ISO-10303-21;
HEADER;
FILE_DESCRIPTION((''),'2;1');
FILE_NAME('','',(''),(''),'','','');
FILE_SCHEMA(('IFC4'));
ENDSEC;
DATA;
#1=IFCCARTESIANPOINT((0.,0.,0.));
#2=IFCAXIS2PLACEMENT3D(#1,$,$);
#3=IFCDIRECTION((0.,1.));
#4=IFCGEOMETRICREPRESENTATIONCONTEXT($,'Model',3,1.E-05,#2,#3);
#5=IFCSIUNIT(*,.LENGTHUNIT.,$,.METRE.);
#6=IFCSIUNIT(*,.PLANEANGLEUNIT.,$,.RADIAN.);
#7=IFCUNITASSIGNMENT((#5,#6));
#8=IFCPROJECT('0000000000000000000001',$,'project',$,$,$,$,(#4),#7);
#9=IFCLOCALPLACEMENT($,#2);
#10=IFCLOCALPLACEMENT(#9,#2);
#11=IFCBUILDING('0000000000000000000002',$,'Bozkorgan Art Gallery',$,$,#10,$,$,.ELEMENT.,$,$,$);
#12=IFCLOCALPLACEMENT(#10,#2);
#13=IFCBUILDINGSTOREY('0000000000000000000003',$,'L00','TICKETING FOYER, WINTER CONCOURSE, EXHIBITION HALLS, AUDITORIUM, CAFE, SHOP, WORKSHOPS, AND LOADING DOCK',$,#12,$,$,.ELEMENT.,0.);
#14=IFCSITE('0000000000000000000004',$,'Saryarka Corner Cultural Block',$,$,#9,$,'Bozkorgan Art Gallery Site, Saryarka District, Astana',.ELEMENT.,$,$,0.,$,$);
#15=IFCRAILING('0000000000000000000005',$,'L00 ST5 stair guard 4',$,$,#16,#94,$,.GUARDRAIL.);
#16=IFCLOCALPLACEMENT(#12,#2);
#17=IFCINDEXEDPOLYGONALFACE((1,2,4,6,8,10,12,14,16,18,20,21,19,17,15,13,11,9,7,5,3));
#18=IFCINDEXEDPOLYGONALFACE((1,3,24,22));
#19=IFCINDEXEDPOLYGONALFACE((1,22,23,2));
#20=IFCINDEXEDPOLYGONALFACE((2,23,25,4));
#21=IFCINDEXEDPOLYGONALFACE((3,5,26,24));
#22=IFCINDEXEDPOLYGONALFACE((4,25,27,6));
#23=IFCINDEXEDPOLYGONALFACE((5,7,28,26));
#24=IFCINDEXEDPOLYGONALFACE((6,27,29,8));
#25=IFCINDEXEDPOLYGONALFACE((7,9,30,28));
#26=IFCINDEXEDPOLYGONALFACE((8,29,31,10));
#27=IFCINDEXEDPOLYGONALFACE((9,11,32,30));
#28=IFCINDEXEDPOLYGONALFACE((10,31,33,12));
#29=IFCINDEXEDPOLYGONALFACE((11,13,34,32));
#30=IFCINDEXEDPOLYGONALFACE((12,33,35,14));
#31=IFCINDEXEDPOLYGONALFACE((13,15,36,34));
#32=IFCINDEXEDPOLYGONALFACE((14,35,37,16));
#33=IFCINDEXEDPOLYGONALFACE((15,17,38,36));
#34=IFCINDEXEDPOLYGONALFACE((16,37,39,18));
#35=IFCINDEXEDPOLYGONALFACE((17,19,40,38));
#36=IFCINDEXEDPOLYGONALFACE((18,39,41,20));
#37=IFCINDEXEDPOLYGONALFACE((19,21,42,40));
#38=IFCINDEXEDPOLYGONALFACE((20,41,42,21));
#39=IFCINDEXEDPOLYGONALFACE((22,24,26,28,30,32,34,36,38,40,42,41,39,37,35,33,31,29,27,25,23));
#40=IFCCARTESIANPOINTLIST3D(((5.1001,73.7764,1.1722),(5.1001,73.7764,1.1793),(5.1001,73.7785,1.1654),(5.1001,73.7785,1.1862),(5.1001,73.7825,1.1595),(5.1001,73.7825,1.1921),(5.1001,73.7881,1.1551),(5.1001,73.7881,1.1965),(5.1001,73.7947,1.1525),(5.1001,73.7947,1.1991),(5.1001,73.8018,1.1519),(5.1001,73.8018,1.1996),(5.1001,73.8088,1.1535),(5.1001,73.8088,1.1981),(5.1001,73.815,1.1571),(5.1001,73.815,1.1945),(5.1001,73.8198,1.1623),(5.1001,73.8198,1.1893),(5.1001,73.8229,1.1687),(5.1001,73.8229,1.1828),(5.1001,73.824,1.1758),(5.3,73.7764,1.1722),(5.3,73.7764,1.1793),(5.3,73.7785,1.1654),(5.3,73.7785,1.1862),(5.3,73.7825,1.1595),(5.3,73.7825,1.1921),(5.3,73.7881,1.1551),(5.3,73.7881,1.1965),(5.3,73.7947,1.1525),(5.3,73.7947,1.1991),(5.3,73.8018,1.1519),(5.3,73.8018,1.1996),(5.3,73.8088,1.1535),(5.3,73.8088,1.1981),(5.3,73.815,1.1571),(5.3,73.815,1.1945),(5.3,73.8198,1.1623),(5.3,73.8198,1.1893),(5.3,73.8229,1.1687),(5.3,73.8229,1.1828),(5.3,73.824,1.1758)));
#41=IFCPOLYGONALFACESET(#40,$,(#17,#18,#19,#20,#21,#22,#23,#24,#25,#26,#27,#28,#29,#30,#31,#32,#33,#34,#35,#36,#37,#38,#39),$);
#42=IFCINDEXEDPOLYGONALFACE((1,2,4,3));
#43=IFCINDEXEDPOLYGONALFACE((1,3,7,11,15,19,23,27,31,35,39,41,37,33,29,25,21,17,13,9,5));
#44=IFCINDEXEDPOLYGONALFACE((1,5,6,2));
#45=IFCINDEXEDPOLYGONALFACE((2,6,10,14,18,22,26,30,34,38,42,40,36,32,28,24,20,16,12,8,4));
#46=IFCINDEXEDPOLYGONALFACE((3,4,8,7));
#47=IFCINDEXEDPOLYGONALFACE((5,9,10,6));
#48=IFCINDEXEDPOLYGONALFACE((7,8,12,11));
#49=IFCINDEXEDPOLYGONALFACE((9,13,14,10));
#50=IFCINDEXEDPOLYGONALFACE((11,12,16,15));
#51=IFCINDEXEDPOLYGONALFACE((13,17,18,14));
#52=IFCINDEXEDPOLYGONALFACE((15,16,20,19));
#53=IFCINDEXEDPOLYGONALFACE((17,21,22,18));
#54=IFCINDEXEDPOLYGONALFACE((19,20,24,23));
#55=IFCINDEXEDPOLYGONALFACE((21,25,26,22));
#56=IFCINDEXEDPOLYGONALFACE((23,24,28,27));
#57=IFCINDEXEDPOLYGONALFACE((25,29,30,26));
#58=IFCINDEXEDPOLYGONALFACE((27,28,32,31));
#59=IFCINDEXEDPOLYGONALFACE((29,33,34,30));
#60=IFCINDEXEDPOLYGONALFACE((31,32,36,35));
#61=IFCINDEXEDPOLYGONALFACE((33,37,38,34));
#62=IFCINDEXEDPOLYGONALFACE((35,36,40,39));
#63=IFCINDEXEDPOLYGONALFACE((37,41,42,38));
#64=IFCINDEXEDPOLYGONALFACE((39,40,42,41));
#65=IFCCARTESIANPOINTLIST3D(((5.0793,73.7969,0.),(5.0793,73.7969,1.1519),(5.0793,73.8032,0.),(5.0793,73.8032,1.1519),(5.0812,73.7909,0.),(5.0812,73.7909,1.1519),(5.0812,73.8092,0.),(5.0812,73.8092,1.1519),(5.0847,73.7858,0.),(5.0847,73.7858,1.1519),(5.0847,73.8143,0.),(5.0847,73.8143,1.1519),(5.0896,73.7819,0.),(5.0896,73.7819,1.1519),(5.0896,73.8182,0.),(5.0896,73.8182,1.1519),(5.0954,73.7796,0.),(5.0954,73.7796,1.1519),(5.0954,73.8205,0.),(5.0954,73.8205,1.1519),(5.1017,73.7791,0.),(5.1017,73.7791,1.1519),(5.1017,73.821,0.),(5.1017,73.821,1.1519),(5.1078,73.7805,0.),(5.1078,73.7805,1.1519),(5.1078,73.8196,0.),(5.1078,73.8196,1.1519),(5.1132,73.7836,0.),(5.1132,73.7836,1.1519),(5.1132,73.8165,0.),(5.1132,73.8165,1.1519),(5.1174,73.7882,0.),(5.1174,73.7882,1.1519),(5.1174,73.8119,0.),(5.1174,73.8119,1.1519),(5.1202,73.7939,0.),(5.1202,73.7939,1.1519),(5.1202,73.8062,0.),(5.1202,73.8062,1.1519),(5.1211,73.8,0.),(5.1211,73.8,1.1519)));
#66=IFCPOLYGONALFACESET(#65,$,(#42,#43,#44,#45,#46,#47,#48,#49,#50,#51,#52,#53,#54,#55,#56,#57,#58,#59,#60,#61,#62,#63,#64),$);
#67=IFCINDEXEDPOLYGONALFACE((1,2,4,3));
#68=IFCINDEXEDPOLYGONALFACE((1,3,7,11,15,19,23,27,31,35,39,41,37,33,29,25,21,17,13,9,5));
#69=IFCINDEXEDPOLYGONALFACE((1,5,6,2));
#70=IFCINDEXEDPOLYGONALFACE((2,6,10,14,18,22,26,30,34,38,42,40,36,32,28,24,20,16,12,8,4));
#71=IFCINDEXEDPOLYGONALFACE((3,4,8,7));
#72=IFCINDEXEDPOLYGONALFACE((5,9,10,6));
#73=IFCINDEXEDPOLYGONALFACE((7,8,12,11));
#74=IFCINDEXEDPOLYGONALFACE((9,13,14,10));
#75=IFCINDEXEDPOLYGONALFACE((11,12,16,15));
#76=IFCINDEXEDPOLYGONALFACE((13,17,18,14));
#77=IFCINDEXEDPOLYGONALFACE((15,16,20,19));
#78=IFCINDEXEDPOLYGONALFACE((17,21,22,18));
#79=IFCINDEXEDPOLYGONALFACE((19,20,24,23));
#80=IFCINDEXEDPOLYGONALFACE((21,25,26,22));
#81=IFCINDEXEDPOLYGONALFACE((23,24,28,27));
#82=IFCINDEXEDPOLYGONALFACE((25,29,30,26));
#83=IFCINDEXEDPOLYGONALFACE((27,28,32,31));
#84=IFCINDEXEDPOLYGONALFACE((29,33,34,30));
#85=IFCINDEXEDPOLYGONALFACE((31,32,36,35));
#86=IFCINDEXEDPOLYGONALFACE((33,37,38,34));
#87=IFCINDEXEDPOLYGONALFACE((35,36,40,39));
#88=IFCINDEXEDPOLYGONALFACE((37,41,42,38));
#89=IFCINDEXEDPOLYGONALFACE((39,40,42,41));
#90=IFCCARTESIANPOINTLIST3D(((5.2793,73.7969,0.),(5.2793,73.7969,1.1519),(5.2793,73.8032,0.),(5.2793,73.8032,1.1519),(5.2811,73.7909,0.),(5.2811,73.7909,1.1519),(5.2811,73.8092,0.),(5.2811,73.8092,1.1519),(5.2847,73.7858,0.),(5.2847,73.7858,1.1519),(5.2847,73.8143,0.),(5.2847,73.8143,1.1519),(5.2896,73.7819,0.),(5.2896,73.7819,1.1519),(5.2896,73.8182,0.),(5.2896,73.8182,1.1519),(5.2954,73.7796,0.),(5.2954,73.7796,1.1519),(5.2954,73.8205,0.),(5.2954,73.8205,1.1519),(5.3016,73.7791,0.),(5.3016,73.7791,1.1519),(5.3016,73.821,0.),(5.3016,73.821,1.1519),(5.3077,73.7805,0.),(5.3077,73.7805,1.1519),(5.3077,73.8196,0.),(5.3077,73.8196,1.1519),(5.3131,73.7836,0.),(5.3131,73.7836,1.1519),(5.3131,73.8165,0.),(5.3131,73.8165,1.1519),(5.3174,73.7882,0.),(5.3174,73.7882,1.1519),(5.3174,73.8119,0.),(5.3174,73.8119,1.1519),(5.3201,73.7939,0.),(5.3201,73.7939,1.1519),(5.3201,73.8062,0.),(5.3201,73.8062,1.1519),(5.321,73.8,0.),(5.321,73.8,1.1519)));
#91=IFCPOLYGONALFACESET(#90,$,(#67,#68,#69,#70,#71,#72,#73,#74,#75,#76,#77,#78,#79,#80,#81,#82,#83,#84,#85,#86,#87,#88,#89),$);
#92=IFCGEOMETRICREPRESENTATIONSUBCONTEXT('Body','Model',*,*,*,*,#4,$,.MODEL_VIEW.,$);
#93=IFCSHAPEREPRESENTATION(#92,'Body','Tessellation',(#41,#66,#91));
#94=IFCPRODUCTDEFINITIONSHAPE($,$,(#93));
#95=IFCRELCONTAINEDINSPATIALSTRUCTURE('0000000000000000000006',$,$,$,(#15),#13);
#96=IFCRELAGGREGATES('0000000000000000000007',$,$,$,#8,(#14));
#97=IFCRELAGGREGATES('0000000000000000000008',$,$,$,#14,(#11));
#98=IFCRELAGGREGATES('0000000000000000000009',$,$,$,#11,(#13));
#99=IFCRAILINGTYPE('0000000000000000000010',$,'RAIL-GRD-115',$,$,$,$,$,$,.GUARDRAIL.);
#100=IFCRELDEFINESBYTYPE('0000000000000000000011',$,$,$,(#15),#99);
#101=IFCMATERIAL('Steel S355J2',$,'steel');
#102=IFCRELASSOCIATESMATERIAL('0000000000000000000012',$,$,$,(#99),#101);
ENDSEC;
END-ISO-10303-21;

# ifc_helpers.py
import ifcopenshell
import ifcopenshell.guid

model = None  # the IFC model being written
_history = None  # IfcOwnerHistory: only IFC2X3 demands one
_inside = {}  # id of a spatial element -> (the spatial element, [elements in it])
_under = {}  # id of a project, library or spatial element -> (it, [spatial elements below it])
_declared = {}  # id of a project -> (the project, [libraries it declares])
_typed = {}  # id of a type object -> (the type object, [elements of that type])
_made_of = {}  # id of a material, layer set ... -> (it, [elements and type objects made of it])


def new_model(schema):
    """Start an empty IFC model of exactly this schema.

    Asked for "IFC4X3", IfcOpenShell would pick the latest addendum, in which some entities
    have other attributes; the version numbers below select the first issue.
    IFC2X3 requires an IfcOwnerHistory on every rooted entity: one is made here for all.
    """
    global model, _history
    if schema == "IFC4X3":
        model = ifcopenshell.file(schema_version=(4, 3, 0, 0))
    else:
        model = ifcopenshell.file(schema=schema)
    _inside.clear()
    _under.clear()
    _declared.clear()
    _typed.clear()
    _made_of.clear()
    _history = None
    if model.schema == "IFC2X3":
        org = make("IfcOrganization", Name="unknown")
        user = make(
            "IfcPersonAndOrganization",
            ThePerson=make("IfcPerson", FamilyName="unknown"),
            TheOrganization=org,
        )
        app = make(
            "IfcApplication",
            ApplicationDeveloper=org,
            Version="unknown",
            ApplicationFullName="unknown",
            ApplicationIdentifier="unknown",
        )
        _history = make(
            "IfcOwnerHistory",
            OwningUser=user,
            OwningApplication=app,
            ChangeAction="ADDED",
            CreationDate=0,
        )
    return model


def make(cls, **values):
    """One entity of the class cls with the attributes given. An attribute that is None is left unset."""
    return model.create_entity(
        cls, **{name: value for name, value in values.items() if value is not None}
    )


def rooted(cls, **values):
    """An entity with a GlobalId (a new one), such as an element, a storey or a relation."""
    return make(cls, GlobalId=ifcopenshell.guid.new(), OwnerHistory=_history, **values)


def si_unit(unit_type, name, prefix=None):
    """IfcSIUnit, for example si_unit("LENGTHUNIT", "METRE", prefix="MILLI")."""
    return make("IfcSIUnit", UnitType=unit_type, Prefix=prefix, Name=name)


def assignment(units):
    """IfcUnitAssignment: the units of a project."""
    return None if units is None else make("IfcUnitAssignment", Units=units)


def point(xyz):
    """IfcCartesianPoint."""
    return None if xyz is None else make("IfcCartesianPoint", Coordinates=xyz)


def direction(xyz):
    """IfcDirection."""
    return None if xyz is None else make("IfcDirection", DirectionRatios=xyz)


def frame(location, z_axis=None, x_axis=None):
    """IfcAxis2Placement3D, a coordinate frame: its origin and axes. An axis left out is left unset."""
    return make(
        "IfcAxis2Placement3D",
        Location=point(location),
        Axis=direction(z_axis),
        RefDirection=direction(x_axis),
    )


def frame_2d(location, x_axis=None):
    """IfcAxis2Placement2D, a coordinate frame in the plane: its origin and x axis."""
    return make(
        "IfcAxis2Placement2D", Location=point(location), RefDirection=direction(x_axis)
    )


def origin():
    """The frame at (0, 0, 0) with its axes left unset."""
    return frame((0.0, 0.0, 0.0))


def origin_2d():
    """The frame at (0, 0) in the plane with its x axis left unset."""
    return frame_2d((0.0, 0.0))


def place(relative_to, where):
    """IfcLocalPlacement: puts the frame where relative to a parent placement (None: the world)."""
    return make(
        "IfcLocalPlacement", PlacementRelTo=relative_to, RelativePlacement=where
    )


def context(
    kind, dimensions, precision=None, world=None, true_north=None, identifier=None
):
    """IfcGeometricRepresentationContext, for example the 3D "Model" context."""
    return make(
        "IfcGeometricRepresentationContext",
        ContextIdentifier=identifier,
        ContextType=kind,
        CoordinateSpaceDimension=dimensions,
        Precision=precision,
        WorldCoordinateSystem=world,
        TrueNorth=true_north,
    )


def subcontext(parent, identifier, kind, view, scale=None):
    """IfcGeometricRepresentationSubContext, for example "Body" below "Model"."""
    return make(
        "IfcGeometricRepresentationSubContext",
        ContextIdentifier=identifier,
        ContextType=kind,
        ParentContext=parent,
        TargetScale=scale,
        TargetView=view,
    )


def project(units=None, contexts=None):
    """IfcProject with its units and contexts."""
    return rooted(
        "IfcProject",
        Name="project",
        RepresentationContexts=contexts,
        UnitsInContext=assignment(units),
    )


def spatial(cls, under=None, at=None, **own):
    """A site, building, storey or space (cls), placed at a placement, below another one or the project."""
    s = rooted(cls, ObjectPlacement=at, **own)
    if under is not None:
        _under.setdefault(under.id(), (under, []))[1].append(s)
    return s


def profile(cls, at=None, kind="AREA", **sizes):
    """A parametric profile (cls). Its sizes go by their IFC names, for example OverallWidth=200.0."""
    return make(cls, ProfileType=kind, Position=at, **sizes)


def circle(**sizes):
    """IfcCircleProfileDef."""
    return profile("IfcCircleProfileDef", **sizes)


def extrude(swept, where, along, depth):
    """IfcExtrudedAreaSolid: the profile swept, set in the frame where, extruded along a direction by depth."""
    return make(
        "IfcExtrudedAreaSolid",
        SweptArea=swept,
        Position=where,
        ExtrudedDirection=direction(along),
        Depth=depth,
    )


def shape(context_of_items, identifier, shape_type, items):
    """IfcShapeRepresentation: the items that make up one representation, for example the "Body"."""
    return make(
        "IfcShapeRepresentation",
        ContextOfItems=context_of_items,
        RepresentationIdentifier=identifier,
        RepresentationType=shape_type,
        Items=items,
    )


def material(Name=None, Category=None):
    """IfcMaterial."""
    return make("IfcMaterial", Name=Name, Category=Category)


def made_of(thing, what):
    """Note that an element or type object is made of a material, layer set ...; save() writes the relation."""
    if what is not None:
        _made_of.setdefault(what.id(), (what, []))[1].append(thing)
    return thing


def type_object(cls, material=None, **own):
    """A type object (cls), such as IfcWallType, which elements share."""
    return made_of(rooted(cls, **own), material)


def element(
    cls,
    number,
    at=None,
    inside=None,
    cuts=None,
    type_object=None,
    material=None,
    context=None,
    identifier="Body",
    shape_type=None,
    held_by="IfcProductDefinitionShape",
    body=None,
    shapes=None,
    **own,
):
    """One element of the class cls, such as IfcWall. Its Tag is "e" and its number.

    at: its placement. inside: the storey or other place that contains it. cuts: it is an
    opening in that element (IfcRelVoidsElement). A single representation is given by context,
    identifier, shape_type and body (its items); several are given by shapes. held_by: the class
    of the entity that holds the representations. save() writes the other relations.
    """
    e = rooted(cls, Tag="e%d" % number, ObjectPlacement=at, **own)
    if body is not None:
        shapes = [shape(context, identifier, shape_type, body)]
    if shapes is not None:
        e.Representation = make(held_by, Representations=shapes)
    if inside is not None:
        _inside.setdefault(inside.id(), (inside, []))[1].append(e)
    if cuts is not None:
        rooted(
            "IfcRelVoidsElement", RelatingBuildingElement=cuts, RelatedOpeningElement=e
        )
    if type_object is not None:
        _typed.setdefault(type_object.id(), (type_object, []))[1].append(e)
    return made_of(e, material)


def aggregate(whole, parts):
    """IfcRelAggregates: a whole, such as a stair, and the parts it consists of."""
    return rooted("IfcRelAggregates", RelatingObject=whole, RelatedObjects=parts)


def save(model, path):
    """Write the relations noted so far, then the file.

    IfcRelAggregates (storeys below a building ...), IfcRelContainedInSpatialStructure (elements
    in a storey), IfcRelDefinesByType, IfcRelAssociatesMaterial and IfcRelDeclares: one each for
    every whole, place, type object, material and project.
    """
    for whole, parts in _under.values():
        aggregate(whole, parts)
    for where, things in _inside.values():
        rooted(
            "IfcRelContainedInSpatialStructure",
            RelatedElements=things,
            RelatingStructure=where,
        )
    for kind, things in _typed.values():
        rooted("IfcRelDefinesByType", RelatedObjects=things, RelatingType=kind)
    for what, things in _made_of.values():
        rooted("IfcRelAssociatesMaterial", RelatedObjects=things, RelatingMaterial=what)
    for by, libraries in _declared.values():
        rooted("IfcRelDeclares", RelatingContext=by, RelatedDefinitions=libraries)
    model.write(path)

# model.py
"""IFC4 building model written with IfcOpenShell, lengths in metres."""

from ifc_helpers import new_model, si_unit, direction, frame, origin, origin_2d, place, context, subcontext, project, spatial, circle, extrude, material, type_object, element, save


model = new_model("IFC4")

# Units and contexts
model_context = context("Model", 3, precision=1e-05, world=origin(), true_north=direction((0.0, 1.0)))
body_context = subcontext(model_context, "Body", "Model", "MODEL_VIEW")
ifc_project = project(units=[si_unit("LENGTHUNIT", "METRE"), si_unit("PLANEANGLEUNIT", "RADIAN")], contexts=[model_context])

# Site, building, storey
site_placement = place(None, origin())
site = spatial("IfcSite", under=ifc_project, at=site_placement, Name="Saryarka Corner Cultural Block", LongName="Bozkorgan Art Gallery Site, Saryarka District, Astana", CompositionType="ELEMENT", RefElevation=0.0)
building_placement = place(site_placement, origin())
building = spatial("IfcBuilding", under=site, at=building_placement, Name="Bozkorgan Art Gallery", CompositionType="ELEMENT")
storey_placement = place(building_placement, origin())
storey = spatial("IfcBuildingStorey", under=building, at=storey_placement, Name="L00", Description="TICKETING FOYER, WINTER CONCOURSE, EXHIBITION HALLS, AUDITORIUM, CAFE, SHOP, WORKSHOPS, AND LOADING DOCK", CompositionType="ELEMENT", Elevation=0.0)

# Shared definitions
ifc_material_1 = material(Name="Steel S355J2", Category="steel")

# Railing
railing_type_1 = type_object("IfcRailingType", Name="RAIL-GRD-115", PredefinedType="GUARDRAIL", material=ifc_material_1)
railing_1_placement = place(storey_placement, frame((5.1001, 73.8, 0.0)))
element("IfcRailing", 1, at=railing_1_placement, inside=storey, type_object=railing_type_1, Name="L00 ST5 stair guard 4", PredefinedType="GUARDRAIL", context=body_context, shape_type="SweptSolid", body=[
    extrude(circle(Radius=0.0239, at=origin_2d()), frame((0.0, 0.0, 1.1758), z_axis=(1.0, 0.0, 0.0), x_axis=(0.0, 1.0, 0.0)), (0.0, 0.0, 1.0), 0.2),
    extrude(circle(Radius=0.021, at=origin_2d()), origin(), (0.0, 0.0, 1.0), 1.1519),
    extrude(circle(Radius=0.021, at=origin_2d()), frame((0.2, 0.0, 0.0)), (0.0, 0.0, 1.0), 1.1519),
])

save(model, "model.ifc")
